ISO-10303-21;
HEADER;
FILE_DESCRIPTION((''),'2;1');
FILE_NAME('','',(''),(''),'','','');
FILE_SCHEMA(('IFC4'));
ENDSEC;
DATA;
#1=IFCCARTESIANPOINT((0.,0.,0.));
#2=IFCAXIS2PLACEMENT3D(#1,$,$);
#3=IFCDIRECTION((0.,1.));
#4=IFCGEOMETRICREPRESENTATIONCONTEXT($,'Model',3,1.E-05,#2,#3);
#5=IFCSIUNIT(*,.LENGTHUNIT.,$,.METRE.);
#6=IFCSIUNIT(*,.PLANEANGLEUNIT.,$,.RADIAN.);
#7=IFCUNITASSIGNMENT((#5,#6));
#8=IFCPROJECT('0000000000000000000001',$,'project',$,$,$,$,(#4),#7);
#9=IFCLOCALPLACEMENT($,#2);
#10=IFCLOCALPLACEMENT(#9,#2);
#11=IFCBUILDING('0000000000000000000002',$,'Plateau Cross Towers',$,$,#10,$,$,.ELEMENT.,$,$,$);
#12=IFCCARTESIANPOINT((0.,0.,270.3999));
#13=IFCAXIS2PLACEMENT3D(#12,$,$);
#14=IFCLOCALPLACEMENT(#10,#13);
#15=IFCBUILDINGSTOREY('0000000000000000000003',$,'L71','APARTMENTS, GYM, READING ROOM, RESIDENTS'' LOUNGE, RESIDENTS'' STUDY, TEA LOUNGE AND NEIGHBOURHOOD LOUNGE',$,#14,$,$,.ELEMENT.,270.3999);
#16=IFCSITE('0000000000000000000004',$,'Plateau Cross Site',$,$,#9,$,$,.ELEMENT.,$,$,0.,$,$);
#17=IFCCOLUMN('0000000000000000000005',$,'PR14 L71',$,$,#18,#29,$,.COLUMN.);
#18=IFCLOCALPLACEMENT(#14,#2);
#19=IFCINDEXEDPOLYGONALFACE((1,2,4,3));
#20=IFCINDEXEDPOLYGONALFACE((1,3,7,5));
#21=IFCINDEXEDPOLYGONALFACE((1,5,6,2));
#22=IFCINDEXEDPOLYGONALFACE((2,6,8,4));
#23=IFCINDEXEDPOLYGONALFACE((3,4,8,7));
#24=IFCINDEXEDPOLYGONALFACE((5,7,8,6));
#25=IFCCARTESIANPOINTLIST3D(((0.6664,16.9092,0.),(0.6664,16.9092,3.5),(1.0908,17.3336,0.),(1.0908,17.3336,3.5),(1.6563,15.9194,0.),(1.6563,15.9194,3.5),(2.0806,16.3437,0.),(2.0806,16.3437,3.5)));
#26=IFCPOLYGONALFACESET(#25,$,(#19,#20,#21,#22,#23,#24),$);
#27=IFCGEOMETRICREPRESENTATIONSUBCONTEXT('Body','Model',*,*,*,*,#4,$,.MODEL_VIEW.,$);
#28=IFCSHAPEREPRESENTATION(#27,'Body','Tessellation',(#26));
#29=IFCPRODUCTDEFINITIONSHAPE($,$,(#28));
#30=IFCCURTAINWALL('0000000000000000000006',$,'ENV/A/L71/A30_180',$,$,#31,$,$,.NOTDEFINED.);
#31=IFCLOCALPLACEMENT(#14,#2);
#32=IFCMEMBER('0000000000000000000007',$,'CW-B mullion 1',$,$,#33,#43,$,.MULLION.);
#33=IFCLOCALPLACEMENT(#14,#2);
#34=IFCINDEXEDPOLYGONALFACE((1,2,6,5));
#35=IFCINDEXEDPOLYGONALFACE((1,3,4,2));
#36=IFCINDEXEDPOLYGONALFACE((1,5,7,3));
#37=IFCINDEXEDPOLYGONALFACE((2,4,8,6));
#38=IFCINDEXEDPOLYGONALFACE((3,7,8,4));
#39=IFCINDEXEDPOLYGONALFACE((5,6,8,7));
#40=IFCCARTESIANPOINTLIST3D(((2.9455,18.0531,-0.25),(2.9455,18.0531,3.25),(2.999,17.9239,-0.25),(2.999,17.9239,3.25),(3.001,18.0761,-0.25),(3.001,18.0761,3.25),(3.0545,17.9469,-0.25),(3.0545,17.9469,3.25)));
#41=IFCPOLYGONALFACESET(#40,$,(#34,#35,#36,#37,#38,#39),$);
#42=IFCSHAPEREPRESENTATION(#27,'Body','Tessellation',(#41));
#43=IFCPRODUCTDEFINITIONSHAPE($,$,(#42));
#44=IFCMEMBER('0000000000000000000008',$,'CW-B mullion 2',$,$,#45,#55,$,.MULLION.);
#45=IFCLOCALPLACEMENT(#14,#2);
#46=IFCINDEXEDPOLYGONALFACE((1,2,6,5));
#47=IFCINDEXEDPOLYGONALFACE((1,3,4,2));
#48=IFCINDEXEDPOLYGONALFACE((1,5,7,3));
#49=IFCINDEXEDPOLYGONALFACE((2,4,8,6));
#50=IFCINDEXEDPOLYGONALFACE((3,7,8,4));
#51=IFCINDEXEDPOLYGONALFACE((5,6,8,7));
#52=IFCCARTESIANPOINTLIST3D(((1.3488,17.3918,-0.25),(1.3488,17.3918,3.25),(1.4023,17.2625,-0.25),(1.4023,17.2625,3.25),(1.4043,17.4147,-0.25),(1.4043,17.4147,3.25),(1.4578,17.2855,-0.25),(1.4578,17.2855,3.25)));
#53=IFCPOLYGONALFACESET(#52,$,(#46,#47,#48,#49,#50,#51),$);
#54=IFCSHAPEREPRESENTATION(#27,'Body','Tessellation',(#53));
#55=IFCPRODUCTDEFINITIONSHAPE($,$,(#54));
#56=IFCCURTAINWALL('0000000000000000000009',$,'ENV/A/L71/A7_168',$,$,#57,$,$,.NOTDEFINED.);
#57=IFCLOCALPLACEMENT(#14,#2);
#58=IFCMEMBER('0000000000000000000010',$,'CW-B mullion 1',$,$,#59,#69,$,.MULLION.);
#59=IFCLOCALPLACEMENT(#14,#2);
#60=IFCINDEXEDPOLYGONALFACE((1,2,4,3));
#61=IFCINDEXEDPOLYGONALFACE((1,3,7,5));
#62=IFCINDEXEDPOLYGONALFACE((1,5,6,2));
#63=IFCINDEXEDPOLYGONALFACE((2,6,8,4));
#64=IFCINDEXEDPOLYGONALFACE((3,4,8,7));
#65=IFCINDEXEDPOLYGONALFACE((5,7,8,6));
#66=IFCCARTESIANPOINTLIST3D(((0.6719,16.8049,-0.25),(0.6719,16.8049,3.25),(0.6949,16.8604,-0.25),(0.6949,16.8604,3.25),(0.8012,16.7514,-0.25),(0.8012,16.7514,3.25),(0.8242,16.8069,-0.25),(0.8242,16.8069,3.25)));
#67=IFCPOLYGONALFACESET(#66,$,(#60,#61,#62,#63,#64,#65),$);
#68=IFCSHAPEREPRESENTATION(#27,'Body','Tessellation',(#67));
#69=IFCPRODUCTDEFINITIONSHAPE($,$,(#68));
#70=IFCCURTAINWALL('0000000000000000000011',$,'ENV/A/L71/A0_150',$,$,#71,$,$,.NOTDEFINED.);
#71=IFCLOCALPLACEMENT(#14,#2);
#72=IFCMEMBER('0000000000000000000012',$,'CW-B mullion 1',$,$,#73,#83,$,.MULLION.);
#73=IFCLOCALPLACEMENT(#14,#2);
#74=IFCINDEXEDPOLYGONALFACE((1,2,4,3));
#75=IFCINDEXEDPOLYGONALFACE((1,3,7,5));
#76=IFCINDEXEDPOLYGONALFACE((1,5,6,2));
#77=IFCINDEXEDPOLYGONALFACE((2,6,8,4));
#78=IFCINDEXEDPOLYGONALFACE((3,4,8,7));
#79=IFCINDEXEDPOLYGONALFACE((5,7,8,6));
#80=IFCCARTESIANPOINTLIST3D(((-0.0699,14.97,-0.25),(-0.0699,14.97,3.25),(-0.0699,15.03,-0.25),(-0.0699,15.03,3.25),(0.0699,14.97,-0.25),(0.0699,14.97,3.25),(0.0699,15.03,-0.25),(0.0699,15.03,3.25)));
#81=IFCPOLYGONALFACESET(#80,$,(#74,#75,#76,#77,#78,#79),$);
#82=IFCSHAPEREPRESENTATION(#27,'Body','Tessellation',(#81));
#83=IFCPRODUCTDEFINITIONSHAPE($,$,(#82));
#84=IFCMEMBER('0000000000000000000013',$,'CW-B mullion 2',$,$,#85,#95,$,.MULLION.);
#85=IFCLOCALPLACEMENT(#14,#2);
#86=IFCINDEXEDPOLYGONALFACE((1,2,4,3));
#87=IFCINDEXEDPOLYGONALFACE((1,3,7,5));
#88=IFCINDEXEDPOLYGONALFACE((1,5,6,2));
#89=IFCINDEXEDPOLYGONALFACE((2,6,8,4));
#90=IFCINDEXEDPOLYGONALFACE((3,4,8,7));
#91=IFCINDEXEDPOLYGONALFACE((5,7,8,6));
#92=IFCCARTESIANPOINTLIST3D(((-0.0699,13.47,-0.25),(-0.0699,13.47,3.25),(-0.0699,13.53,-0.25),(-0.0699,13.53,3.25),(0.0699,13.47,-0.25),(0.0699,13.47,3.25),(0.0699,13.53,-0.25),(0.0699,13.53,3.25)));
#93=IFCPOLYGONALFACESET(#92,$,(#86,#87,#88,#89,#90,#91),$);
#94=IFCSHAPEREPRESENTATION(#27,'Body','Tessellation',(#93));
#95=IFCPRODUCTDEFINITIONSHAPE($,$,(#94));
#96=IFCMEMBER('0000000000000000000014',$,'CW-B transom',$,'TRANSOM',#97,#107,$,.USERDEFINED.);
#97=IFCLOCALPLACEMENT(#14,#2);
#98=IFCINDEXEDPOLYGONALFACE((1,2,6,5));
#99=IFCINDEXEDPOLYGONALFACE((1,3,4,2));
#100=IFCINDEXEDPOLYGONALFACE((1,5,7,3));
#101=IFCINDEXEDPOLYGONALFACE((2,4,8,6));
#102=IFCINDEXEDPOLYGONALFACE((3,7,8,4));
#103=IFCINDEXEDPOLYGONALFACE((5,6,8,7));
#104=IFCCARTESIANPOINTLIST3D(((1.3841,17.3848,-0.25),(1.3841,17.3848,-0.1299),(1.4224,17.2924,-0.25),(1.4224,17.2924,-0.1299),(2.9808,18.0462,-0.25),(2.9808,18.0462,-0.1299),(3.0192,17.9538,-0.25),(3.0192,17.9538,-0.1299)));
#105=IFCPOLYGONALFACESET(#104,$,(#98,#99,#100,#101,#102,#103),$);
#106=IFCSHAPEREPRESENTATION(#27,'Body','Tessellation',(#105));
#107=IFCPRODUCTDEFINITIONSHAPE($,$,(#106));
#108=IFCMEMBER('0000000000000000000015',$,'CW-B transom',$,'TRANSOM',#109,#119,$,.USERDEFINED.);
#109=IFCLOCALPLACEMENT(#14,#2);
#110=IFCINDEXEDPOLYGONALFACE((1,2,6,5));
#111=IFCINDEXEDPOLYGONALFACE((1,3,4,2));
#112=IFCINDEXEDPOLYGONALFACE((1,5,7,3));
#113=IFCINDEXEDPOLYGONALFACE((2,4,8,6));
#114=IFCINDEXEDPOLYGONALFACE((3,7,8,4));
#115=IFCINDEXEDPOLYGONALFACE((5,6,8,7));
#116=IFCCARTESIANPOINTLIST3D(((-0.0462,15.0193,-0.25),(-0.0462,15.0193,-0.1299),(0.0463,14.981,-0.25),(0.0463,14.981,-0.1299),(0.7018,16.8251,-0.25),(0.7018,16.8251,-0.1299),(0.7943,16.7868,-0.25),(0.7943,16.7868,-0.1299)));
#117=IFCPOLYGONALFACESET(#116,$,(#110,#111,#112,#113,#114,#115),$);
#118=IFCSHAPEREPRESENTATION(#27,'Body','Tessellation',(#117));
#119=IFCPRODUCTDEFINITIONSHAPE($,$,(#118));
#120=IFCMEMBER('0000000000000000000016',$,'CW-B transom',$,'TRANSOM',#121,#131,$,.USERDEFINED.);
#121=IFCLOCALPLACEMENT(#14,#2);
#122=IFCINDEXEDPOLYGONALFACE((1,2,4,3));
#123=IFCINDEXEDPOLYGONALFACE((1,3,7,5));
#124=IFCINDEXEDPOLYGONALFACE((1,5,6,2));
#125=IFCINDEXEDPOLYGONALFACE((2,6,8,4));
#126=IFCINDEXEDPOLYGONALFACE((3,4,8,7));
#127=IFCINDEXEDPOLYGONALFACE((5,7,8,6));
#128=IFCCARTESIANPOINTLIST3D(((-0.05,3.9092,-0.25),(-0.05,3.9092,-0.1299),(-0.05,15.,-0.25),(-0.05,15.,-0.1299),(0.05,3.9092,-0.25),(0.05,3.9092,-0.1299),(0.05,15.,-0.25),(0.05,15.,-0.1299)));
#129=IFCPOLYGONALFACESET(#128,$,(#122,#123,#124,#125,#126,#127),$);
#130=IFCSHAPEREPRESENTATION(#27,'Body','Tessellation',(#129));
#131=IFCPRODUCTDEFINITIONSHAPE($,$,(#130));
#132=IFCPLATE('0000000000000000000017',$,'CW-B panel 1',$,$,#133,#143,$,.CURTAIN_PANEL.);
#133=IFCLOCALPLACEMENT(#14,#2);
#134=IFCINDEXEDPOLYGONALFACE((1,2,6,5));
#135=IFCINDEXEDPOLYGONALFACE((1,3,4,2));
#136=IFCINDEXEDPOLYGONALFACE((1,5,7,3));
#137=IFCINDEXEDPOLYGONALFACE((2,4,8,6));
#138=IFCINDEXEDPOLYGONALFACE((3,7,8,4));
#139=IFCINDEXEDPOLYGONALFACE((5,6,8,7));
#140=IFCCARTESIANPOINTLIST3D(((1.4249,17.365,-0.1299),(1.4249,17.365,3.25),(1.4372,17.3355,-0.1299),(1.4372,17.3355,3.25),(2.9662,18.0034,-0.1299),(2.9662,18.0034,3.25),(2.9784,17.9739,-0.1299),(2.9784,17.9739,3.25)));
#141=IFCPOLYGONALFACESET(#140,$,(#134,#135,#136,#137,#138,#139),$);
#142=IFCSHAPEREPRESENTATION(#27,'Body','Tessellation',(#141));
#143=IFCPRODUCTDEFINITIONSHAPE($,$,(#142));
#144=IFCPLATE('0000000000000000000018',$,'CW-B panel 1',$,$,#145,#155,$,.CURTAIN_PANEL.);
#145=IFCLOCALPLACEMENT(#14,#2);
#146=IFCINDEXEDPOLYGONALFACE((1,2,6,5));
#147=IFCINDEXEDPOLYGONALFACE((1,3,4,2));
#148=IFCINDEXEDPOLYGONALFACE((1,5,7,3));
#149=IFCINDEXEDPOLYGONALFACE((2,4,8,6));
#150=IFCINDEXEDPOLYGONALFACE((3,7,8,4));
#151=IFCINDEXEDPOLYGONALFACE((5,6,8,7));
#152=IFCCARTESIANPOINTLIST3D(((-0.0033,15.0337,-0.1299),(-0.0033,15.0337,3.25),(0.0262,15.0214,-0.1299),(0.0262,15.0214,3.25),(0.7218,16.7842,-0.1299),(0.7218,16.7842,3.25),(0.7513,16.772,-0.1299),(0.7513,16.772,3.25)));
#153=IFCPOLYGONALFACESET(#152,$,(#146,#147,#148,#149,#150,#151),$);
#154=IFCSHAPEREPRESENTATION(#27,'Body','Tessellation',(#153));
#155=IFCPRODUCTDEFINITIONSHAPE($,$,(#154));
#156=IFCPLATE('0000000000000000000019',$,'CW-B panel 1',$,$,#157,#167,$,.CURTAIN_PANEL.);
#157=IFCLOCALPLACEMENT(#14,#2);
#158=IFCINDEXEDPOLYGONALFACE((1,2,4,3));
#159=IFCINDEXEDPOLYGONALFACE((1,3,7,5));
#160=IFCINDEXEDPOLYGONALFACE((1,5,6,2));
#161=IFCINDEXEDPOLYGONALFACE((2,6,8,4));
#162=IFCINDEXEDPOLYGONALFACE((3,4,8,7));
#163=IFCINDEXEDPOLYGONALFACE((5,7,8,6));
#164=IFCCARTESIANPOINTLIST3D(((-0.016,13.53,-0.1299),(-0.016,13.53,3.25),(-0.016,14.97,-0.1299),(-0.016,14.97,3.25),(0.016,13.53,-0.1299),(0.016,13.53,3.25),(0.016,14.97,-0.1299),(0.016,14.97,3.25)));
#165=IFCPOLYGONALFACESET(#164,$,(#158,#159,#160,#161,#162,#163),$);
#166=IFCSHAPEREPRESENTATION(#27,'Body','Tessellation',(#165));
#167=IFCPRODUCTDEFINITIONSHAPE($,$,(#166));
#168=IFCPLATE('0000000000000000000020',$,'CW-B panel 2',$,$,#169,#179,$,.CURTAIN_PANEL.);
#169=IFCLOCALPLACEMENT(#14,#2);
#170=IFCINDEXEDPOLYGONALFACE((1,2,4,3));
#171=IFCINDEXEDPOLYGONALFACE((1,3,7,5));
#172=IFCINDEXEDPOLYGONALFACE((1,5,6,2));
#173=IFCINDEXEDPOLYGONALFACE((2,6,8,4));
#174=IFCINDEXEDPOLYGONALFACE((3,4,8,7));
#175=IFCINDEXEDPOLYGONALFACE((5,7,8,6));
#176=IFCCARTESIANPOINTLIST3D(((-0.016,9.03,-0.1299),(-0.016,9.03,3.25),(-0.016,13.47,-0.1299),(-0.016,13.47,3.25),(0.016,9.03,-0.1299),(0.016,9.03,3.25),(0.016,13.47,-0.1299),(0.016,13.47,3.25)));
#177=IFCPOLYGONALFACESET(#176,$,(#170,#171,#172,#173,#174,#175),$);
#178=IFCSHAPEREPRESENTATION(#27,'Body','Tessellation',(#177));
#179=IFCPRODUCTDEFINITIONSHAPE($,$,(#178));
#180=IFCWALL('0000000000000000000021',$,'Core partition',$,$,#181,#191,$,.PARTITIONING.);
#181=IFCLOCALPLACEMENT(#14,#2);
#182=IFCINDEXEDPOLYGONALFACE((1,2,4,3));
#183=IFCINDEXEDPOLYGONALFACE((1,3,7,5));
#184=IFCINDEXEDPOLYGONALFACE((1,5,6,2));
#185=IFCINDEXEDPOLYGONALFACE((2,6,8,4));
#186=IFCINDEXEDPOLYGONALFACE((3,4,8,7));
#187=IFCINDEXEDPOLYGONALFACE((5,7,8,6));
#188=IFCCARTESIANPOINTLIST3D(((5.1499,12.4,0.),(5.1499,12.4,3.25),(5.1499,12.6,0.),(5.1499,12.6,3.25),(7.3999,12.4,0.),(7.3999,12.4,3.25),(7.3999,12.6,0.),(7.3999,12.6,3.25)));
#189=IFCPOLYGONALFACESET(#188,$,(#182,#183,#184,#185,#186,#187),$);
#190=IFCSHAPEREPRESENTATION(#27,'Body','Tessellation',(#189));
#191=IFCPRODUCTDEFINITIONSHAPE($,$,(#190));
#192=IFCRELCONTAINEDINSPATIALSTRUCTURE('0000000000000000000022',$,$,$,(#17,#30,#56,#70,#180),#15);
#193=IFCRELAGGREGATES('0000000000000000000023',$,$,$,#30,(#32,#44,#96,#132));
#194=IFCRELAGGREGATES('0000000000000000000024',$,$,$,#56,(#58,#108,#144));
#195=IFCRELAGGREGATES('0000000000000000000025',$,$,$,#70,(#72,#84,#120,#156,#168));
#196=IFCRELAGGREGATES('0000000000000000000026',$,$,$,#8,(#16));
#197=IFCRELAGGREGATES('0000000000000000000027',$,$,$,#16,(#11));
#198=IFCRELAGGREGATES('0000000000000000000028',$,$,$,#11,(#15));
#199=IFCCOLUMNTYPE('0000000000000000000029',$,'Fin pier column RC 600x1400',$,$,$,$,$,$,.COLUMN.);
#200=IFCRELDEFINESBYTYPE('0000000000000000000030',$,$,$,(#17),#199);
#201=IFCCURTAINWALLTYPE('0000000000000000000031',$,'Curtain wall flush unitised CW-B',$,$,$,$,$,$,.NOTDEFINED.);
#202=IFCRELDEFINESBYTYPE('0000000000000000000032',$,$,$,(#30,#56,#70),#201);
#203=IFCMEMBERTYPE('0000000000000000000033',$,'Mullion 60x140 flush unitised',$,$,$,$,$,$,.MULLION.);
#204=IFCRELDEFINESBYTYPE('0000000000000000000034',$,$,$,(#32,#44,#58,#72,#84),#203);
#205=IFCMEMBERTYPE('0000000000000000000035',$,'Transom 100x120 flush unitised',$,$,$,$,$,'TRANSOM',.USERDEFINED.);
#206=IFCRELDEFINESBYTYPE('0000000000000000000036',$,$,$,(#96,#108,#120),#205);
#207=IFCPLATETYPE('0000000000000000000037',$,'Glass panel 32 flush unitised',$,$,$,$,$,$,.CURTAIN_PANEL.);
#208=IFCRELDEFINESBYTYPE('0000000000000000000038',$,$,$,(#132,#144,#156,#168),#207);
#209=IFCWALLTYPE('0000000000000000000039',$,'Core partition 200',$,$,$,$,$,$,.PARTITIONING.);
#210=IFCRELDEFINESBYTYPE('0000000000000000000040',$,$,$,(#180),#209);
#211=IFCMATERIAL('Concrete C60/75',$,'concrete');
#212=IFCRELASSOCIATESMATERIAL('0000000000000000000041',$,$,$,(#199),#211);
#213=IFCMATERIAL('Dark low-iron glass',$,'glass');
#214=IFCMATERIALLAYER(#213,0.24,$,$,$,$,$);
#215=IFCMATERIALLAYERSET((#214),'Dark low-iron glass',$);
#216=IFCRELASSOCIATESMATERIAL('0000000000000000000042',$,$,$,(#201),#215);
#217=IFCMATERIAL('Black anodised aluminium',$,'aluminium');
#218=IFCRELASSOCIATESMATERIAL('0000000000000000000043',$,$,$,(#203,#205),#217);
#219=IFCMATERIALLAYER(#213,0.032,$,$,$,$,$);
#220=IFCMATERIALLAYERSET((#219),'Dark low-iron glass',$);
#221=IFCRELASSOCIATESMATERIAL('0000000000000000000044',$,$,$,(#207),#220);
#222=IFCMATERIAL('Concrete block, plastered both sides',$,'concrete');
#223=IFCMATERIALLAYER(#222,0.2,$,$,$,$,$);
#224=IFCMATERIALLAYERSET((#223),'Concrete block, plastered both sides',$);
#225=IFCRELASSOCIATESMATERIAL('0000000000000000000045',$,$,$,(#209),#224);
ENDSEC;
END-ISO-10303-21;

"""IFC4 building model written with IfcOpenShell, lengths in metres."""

from ifc_helpers import new_model, si_unit, direction, frame, frame_2d, origin, origin_2d, place, context, subcontext, project, spatial, rectangle, extrude, material, layer, layer_set, material_profile, profile_set, type_object, element, aggregate, save


model = new_model("IFC4")

# Units and contexts
model_context = context("Model", 3, precision=1e-05, world=origin(), true_north=direction((0.0, 1.0)))
body_context = subcontext(model_context, "Body", "Model", "MODEL_VIEW")
ifc_project = project(units=[si_unit("LENGTHUNIT", "METRE"), si_unit("PLANEANGLEUNIT", "RADIAN")], contexts=[model_context])

# Site, building, storey
site_placement = place(None, origin())
site = spatial("IfcSite", under=ifc_project, at=site_placement, Name="Plateau Cross Site", CompositionType="ELEMENT", RefElevation=0.0)
building_placement = place(site_placement, origin())
building = spatial("IfcBuilding", under=site, at=building_placement, Name="Plateau Cross Towers", CompositionType="ELEMENT")
storey_placement = place(building_placement, frame((0.0, 0.0, 270.3999)))
storey = spatial("IfcBuildingStorey", under=building, at=storey_placement, Name="L71", Description="APARTMENTS, GYM, READING ROOM, RESIDENTS' LOUNGE, RESIDENTS' STUDY, TEA LOUNGE AND NEIGHBOURHOOD LOUNGE", CompositionType="ELEMENT", Elevation=270.3999)

# Column
ifc_material_1 = material(Name="Concrete C60/75", Category="concrete")
ifc_material_profile_1 = material_profile(ifc_material_1, rectangle(XDim=0.6001, YDim=1.3999, at=origin_2d()), Name="RC 600x1400")
ifc_profile_set_1 = profile_set([ifc_material_profile_1], Name="Concrete C60/75")
column_type = type_object("IfcColumnType", Name="Fin pier column RC 600x1400", PredefinedType="COLUMN", material=ifc_profile_set_1)
column_placement = place(storey_placement, frame((1.3735, 16.6265, 0.0), z_axis=(0.0, 0.0, 1.0), x_axis=(0.707107, 0.707107, 0.0)))
element("IfcColumn", 1, at=column_placement, inside=storey, type_object=column_type, Name="PR14 L71", PredefinedType="COLUMN", context=body_context, shape_type="SweptSolid", body=[
    extrude(rectangle(XDim=0.6001, YDim=1.3999, at=origin_2d()), origin(), (0.0, 0.0, 1.0), 3.5),
])

# Curtain wall, members
ifc_material_2 = material(Name="Dark low-iron glass", Category="glass")
ifc_layer_1 = layer(ifc_material_2, 0.24)
ifc_layer_set_1 = layer_set([ifc_layer_1], Name="Dark low-iron glass")
curtain_wall_type = type_object("IfcCurtainWallType", Name="Curtain wall flush unitised CW-B", PredefinedType="NOTDEFINED", material=ifc_layer_set_1)
curtain_wall_1_placement = place(storey_placement, origin())
curtain_wall_1 = element("IfcCurtainWall", 2, at=curtain_wall_1_placement, inside=storey, type_object=curtain_wall_type, Name="ENV/A/L71/A30_180", PredefinedType="NOTDEFINED")
ifc_material_3 = material(Name="Black anodised aluminium", Category="aluminium")
ifc_material_profile_2 = material_profile(ifc_material_3, rectangle(XDim=0.0601, YDim=0.1399, at=origin_2d()), Name="MULLION 60x140")
ifc_profile_set_2 = profile_set([ifc_material_profile_2], Name="Black anodised aluminium")
member_type_1 = type_object("IfcMemberType", Name="Mullion 60x140 flush unitised", PredefinedType="MULLION", material=ifc_profile_set_2)
member_1_placement = place(storey_placement, frame((3.0, 18.0, -0.25), z_axis=(0.0, 0.0, 1.0), x_axis=(-0.923879, -0.382684, 0.0)))
member_1 = element("IfcMember", 3, at=member_1_placement, type_object=member_type_1, Name="CW-B mullion 1", PredefinedType="MULLION", context=body_context, shape_type="SweptSolid", body=[
    extrude(rectangle(XDim=0.0601, YDim=0.1399, at=origin_2d()), origin(), (0.0, 0.0, 1.0), 3.5),
])
member_2_placement = place(storey_placement, frame((1.4033, 17.3386, -0.25), z_axis=(0.0, 0.0, 1.0), x_axis=(-0.923879, -0.382684, 0.0)))
member_2 = element("IfcMember", 4, at=member_2_placement, type_object=member_type_1, Name="CW-B mullion 2", PredefinedType="MULLION", context=body_context, shape_type="SweptSolid", body=[
    extrude(rectangle(XDim=0.0601, YDim=0.1399, at=origin_2d()), origin(), (0.0, 0.0, 1.0), 3.5),
])

# Curtain wall, member
curtain_wall_2_placement = place(storey_placement, origin())
curtain_wall_2 = element("IfcCurtainWall", 5, at=curtain_wall_2_placement, inside=storey, type_object=curtain_wall_type, Name="ENV/A/L71/A7_168", PredefinedType="NOTDEFINED")
member_3_placement = place(storey_placement, frame((0.748, 16.8059, -0.25), z_axis=(0.0, 0.0, 1.0), x_axis=(-0.382684, -0.923879, 0.0)))
member_3 = element("IfcMember", 6, at=member_3_placement, type_object=member_type_1, Name="CW-B mullion 1", PredefinedType="MULLION", context=body_context, shape_type="SweptSolid", body=[
    extrude(rectangle(XDim=0.0601, YDim=0.1399, at=origin_2d()), origin(), (0.0, 0.0, 1.0), 3.5),
])

# Curtain wall, members
curtain_wall_3_placement = place(storey_placement, origin())
curtain_wall_3 = element("IfcCurtainWall", 7, at=curtain_wall_3_placement, inside=storey, type_object=curtain_wall_type, Name="ENV/A/L71/A0_150", PredefinedType="NOTDEFINED")
member_4_placement = place(storey_placement, frame((0.0, 15.0, -0.25), z_axis=(0.0, 0.0, 1.0), x_axis=(0.0, -1.0, 0.0)))
member_4 = element("IfcMember", 8, at=member_4_placement, type_object=member_type_1, Name="CW-B mullion 1", PredefinedType="MULLION", context=body_context, shape_type="SweptSolid", body=[
    extrude(rectangle(XDim=0.0601, YDim=0.1399, at=origin_2d()), origin(), (0.0, 0.0, 1.0), 3.5),
])
member_5_placement = place(storey_placement, frame((0.0, 13.5, -0.25), z_axis=(0.0, 0.0, 1.0), x_axis=(0.0, -1.0, 0.0)))
member_5 = element("IfcMember", 9, at=member_5_placement, type_object=member_type_1, Name="CW-B mullion 2", PredefinedType="MULLION", context=body_context, shape_type="SweptSolid", body=[
    extrude(rectangle(XDim=0.0601, YDim=0.1399, at=origin_2d()), origin(), (0.0, 0.0, 1.0), 3.5),
])

# Members
ifc_material_profile_3 = material_profile(ifc_material_3, rectangle(XDim=0.1001, YDim=0.1201, at=origin_2d()), Name="TRANSOM 100x120")
ifc_profile_set_3 = profile_set([ifc_material_profile_3], Name="Black anodised aluminium")
member_type_2 = type_object("IfcMemberType", Name="Transom 100x120 flush unitised", ElementType="TRANSOM", PredefinedType="USERDEFINED", material=ifc_profile_set_3)
member_6_placement = place(storey_placement, frame((3.0, 18.0, -0.1899), z_axis=(-0.923877, -0.382689, 0.0), x_axis=(0.382689, -0.923877, 0.0)))
member_6 = element("IfcMember", 10, at=member_6_placement, type_object=member_type_2, Name="CW-B transom", ObjectType="TRANSOM", PredefinedType="USERDEFINED", context=body_context, shape_type="SweptSolid", body=[
    extrude(rectangle(XDim=0.1001, YDim=0.1201, at=origin_2d()), origin(), (0.0, 0.0, 1.0), 1.7283),
])
member_7_placement = place(storey_placement, frame((0.748, 16.8059, -0.1899), z_axis=(-0.38269, -0.923877, 0.0), x_axis=(0.923877, -0.38269, 0.0)))
member_7 = element("IfcMember", 11, at=member_7_placement, type_object=member_type_2, Name="CW-B transom", ObjectType="TRANSOM", PredefinedType="USERDEFINED", context=body_context, shape_type="SweptSolid", body=[
    extrude(rectangle(XDim=0.1001, YDim=0.1201, at=origin_2d()), origin(), (0.0, 0.0, 1.0), 1.9546),
])
member_8_placement = place(storey_placement, frame((0.0, 15.0, -0.1899), z_axis=(0.0, -1.0, 0.0), x_axis=(1.0, 0.0, 0.0)))
member_8 = element("IfcMember", 12, at=member_8_placement, type_object=member_type_2, Name="CW-B transom", ObjectType="TRANSOM", PredefinedType="USERDEFINED", context=body_context, shape_type="SweptSolid", body=[
    extrude(rectangle(XDim=0.1001, YDim=0.1201, at=origin_2d()), origin(), (0.0, 0.0, 1.0), 11.0908),
])

# Plates
ifc_layer_2 = layer(ifc_material_2, 0.032)
ifc_layer_set_2 = layer_set([ifc_layer_2], Name="Dark low-iron glass")
plate_type = type_object("IfcPlateType", Name="Glass panel 32 flush unitised", PredefinedType="CURTAIN_PANEL", material=ifc_layer_set_2)
plate_1_placement = place(storey_placement, frame((2.2017, 17.6694, -0.1299), z_axis=(0.0, 0.0, 1.0), x_axis=(-0.923879, -0.382684, 0.0)))
plate_1 = element("IfcPlate", 13, at=plate_1_placement, type_object=plate_type, Name="CW-B panel 1", PredefinedType="CURTAIN_PANEL", context=body_context, shape_type="SweptSolid", body=[
    extrude(rectangle(XDim=1.6682, YDim=0.032, at=origin_2d()), origin(), (0.0, 0.0, 1.0), 3.3799),
])
aggregate(curtain_wall_1, [member_1, member_2, member_6, plate_1])
plate_2_placement = place(storey_placement, frame((0.374, 15.9028, -0.1299), z_axis=(0.0, 0.0, 1.0), x_axis=(-0.382684, -0.923879, 0.0)))
plate_2 = element("IfcPlate", 14, at=plate_2_placement, type_object=plate_type, Name="CW-B panel 1", PredefinedType="CURTAIN_PANEL", context=body_context, shape_type="SweptSolid", body=[
    extrude(rectangle(XDim=1.8948, YDim=0.032, at=origin_2d()), origin(), (0.0, 0.0, 1.0), 3.3799),
])
aggregate(curtain_wall_2, [member_3, member_7, plate_2])
plate_3_placement = place(storey_placement, frame((0.0, 14.25, -0.1299), z_axis=(0.0, 0.0, 1.0), x_axis=(0.0, -1.0, 0.0)))
plate_3 = element("IfcPlate", 15, at=plate_3_placement, type_object=plate_type, Name="CW-B panel 1", PredefinedType="CURTAIN_PANEL", context=body_context, shape_type="SweptSolid", body=[
    extrude(rectangle(XDim=1.4399, YDim=0.032, at=origin_2d()), origin(), (0.0, 0.0, 1.0), 3.3799),
])
plate_4_placement = place(storey_placement, frame((0.0, 11.25, -0.1299), z_axis=(0.0, 0.0, 1.0), x_axis=(0.0, -1.0, 0.0)))
plate_4 = element("IfcPlate", 16, at=plate_4_placement, type_object=plate_type, Name="CW-B panel 2", PredefinedType="CURTAIN_PANEL", context=body_context, shape_type="SweptSolid", body=[
    extrude(rectangle(XDim=4.4399, YDim=0.032, at=origin_2d()), origin(), (0.0, 0.0, 1.0), 3.3799),
])
aggregate(curtain_wall_3, [member_4, member_5, member_8, plate_3, plate_4])

# Wall
ifc_material_4 = material(Name="Concrete block, plastered both sides", Category="concrete")
ifc_layer_3 = layer(ifc_material_4, 0.2)
ifc_layer_set_3 = layer_set([ifc_layer_3], Name="Concrete block, plastered both sides")
wall_type_1 = type_object("IfcWallType", Name="Core partition 200", PredefinedType="PARTITIONING", material=ifc_layer_set_3)
wall_1_placement = place(storey_placement, frame((5.1499, 12.5, 0.0), z_axis=(0.0, 0.0, 1.0), x_axis=(1.0, 0.0, 0.0)))
element("IfcWall", 17, at=wall_1_placement, inside=storey, type_object=wall_type_1, Name="Core partition", PredefinedType="PARTITIONING", context=body_context, shape_type="SweptSolid", body=[
    extrude(rectangle(XDim=2.25, YDim=0.2, at=frame_2d((1.125, 0.0))), origin(), (0.0, 0.0, 1.0), 3.25),
])

save(model, "model.ifc")
